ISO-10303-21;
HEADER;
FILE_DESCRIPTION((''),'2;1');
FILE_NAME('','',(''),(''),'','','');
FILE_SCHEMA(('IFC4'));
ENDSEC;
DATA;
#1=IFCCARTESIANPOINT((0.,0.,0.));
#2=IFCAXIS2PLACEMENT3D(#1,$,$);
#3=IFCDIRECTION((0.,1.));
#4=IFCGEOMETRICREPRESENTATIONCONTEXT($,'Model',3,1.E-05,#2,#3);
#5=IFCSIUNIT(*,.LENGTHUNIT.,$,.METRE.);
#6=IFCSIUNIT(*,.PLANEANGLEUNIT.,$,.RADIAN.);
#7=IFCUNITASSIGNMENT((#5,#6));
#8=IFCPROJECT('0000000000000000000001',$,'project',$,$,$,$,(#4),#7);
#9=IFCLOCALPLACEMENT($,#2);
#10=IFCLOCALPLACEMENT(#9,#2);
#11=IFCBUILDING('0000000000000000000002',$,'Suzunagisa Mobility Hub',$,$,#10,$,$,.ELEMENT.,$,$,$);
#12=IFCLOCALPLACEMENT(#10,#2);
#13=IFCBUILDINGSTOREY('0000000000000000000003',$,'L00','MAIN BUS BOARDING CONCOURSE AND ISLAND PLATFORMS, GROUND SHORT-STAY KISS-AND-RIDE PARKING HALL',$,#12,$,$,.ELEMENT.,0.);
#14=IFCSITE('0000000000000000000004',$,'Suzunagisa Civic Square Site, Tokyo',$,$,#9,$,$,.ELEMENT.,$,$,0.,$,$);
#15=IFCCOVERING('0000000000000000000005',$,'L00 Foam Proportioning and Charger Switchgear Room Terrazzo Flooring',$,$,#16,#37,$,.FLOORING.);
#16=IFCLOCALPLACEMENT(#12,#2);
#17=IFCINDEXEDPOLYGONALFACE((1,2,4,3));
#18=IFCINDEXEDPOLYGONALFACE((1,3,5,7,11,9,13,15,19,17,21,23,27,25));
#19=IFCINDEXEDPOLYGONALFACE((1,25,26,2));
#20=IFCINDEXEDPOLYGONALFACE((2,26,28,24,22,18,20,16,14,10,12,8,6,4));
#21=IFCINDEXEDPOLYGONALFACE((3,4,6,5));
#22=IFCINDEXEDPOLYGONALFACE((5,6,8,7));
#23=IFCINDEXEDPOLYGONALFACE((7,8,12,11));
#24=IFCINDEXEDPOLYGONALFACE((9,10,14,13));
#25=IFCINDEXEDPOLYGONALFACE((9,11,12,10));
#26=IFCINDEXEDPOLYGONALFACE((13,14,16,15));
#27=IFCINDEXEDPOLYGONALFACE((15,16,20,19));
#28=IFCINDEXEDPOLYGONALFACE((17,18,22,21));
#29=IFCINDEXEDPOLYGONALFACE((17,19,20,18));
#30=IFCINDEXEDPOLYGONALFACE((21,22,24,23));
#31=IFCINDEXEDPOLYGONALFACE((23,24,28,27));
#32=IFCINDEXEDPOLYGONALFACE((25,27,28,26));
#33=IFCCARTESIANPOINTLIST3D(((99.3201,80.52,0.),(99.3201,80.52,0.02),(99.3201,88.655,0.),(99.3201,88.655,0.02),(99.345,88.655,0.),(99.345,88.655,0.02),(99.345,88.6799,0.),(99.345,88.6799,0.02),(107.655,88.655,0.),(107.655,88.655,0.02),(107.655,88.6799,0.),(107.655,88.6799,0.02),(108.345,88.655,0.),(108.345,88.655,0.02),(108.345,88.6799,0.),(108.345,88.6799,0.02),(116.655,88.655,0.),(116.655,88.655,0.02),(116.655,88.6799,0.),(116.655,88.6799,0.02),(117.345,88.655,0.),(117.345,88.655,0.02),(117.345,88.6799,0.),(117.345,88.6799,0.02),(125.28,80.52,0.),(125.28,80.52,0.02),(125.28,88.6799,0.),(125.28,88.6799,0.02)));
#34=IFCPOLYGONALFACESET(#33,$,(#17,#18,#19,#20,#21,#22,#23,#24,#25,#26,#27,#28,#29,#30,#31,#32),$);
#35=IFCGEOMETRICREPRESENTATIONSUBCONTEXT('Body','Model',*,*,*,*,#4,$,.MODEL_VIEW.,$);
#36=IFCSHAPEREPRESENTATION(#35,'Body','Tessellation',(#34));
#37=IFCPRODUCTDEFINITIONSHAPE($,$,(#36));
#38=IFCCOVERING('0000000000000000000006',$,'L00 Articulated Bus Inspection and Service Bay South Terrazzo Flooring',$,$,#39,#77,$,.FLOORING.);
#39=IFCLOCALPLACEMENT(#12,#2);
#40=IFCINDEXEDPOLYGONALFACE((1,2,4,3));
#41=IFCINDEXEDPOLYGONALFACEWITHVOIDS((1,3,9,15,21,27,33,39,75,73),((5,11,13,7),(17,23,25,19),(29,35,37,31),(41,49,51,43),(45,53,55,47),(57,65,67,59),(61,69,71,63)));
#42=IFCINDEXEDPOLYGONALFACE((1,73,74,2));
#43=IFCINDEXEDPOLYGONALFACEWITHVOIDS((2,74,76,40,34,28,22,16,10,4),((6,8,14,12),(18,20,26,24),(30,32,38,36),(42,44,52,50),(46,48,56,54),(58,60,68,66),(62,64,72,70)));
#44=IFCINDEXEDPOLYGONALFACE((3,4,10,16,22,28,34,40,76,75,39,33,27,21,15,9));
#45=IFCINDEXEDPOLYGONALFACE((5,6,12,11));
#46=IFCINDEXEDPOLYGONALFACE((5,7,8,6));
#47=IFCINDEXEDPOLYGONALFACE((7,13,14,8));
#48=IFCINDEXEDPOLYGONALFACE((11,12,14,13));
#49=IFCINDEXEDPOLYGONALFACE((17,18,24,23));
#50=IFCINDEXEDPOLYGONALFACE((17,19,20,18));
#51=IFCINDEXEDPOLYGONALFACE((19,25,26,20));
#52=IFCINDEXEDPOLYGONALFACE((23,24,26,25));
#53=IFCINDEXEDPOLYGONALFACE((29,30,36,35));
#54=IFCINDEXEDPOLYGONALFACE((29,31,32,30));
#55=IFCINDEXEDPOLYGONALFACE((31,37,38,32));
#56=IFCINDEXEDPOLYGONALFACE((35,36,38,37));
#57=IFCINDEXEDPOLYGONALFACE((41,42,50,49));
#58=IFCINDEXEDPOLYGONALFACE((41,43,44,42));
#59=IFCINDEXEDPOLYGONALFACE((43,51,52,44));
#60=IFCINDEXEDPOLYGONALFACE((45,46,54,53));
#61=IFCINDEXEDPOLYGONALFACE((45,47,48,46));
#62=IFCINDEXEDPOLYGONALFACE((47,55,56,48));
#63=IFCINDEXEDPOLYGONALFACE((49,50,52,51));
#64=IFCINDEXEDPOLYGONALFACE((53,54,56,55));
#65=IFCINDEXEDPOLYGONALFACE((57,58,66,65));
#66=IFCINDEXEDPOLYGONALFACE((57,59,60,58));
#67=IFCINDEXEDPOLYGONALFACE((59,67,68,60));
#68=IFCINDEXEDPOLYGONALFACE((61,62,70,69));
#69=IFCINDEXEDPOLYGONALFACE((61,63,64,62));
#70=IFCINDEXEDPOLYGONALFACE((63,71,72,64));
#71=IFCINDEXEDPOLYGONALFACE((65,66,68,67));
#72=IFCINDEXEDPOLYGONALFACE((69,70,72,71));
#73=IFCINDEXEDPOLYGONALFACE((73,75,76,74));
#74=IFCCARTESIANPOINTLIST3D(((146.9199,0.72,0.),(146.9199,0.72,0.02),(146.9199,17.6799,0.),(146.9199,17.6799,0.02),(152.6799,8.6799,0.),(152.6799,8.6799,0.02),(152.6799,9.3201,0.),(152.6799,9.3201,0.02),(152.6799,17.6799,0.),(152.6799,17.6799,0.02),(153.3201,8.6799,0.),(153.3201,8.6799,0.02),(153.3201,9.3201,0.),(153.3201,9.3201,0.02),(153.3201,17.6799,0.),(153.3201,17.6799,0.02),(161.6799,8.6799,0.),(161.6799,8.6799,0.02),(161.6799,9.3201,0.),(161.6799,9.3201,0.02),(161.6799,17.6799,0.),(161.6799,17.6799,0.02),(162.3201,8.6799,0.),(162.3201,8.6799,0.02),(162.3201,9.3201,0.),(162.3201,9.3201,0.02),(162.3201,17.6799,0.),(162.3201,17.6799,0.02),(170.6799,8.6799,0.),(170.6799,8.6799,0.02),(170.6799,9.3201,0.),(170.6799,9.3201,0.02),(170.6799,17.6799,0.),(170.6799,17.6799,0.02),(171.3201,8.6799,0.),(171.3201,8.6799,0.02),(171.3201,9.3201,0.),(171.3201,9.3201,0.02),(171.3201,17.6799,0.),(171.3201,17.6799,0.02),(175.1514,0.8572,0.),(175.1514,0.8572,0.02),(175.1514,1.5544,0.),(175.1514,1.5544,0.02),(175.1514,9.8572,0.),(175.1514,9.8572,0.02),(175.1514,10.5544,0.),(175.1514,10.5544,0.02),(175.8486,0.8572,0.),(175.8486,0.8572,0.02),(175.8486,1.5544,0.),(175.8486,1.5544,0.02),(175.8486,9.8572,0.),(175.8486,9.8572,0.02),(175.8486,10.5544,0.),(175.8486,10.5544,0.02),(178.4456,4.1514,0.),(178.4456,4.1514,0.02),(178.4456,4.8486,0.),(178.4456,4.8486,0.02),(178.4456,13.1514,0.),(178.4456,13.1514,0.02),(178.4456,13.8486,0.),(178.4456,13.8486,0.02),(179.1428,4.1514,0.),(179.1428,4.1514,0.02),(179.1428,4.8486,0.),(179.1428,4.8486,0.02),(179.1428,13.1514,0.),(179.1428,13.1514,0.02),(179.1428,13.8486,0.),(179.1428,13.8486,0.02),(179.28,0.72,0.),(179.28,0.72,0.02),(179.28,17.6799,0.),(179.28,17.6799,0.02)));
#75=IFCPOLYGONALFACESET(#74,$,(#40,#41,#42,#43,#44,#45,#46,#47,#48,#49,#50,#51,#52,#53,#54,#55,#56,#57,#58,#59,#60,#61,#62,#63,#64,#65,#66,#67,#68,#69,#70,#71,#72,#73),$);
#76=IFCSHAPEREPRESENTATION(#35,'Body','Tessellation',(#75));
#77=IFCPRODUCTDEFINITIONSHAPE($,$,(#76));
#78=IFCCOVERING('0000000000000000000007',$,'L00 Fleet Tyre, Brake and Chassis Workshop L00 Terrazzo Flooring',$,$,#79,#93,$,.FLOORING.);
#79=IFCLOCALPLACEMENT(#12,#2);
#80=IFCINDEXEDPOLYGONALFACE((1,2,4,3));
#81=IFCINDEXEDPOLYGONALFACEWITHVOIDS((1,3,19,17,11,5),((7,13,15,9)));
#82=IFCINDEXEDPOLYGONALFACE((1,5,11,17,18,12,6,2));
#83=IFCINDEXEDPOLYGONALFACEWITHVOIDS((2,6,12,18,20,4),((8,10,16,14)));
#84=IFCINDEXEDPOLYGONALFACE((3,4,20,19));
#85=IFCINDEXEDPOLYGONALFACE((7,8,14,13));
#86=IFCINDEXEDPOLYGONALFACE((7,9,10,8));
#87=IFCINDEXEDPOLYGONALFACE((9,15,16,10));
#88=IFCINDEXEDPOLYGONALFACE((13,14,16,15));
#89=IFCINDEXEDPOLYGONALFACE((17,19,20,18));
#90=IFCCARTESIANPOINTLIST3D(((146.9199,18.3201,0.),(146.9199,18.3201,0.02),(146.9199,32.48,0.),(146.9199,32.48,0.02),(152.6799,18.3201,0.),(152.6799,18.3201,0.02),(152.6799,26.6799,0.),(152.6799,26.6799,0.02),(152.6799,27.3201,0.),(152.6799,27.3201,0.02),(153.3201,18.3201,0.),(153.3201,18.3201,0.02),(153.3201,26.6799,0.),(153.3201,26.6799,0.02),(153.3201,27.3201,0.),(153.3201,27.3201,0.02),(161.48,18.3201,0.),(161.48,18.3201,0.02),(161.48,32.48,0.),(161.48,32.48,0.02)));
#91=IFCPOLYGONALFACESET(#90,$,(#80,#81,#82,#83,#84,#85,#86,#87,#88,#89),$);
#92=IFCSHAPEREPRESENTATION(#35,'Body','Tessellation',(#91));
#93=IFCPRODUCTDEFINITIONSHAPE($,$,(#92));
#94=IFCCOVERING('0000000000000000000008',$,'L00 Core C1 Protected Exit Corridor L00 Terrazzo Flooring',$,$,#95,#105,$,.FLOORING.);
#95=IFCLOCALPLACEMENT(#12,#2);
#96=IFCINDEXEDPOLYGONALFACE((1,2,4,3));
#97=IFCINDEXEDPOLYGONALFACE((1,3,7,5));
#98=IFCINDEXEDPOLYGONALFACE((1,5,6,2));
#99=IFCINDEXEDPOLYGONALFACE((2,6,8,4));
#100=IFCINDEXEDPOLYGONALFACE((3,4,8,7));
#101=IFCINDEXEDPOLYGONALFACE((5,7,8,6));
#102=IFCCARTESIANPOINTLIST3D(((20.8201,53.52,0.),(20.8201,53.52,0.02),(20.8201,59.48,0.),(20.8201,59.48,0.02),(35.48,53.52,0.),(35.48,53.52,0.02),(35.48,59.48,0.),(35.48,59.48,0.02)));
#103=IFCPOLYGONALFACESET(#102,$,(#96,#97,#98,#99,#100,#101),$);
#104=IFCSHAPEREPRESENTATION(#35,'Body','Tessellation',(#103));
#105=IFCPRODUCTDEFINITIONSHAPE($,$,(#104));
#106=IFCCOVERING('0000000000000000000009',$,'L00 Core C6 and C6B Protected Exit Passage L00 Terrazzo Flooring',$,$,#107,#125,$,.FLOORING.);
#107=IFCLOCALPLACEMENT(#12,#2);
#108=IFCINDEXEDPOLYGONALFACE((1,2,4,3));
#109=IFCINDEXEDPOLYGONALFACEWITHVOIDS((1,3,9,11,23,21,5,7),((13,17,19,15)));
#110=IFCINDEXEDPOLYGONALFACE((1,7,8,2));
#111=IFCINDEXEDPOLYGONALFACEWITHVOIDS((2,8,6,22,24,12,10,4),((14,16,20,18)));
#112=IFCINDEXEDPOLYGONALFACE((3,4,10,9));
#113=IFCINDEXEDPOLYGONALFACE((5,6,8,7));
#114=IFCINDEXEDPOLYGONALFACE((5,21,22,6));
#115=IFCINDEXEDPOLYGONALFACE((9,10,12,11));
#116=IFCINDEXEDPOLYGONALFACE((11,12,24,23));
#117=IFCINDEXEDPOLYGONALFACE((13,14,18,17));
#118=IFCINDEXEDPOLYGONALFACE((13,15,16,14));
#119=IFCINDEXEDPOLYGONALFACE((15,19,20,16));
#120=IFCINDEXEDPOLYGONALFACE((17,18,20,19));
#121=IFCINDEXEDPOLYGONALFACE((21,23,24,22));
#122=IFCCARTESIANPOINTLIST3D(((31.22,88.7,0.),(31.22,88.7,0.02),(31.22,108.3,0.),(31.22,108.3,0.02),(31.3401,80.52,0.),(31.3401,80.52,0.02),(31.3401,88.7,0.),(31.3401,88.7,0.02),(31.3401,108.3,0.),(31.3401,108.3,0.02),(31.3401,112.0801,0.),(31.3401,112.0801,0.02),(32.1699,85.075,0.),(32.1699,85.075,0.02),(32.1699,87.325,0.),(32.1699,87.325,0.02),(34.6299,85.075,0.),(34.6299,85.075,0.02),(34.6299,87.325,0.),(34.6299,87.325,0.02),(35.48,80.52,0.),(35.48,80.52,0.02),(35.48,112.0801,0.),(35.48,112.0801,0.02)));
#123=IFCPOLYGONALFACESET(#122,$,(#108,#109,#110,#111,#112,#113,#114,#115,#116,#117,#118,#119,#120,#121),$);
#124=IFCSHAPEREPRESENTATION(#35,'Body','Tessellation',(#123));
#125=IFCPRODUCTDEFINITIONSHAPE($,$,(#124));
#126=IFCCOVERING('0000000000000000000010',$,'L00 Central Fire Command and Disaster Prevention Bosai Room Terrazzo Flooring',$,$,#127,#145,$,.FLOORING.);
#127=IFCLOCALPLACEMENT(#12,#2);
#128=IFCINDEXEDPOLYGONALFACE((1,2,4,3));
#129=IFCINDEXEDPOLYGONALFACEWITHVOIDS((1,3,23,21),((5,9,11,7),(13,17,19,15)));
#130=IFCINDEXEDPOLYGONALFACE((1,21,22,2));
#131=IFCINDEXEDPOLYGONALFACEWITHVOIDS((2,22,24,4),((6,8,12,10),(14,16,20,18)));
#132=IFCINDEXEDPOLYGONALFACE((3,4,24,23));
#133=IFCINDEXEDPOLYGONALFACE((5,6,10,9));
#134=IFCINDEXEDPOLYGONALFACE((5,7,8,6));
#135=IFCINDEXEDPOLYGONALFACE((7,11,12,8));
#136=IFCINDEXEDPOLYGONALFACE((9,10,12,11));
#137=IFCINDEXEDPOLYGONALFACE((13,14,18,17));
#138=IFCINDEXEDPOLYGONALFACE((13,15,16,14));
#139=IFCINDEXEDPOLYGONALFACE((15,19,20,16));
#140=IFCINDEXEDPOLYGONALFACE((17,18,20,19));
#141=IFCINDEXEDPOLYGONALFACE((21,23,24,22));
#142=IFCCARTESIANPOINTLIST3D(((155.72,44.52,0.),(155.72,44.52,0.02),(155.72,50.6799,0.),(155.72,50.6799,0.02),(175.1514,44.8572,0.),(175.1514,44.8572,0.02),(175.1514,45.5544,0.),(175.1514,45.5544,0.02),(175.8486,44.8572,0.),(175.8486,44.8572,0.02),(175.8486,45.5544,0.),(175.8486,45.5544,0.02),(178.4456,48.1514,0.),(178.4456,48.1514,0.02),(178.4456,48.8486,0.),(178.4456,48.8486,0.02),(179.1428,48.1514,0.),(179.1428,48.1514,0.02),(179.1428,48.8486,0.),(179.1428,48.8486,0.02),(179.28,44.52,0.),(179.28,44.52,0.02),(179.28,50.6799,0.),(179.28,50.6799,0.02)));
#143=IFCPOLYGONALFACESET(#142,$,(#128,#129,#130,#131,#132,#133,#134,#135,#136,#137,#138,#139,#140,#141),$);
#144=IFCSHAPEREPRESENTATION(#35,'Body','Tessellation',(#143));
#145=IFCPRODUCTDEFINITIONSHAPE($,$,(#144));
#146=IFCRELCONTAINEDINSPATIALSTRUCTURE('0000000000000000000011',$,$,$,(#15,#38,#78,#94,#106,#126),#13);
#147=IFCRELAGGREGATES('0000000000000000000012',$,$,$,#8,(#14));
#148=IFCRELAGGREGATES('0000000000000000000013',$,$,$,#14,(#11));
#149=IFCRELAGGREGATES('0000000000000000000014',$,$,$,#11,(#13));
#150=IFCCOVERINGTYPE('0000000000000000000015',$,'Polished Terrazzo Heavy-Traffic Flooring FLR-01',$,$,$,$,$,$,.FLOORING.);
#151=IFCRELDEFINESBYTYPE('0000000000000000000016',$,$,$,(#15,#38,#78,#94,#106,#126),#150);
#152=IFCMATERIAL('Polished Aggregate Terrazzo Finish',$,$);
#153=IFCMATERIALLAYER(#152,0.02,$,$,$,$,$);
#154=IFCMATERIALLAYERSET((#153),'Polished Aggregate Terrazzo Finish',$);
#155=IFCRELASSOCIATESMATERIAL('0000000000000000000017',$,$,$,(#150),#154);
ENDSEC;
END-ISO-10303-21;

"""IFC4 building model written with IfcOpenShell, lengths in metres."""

from ifc_helpers import new_model, si_unit, direction, origin, place, context, subcontext, project, spatial, polyline, outline, extrude, material, layer, layer_set, type_object, element, save


model = new_model("IFC4")

# Units and contexts
model_context = context("Model", 3, precision=1e-05, world=origin(), true_north=direction((0.0, 1.0)))
body_context = subcontext(model_context, "Body", "Model", "MODEL_VIEW")
ifc_project = project(units=[si_unit("LENGTHUNIT", "METRE"), si_unit("PLANEANGLEUNIT", "RADIAN")], contexts=[model_context])

# Site, building, storey
site_placement = place(None, origin())
site = spatial("IfcSite", under=ifc_project, at=site_placement, Name="Suzunagisa Civic Square Site, Tokyo", CompositionType="ELEMENT", RefElevation=0.0)
building_placement = place(site_placement, origin())
building = spatial("IfcBuilding", under=site, at=building_placement, Name="Suzunagisa Mobility Hub", CompositionType="ELEMENT")
storey_placement = place(building_placement, origin())
storey = spatial("IfcBuildingStorey", under=building, at=storey_placement, Name="L00", Description="MAIN BUS BOARDING CONCOURSE AND ISLAND PLATFORMS, GROUND SHORT-STAY KISS-AND-RIDE PARKING HALL", CompositionType="ELEMENT", Elevation=0.0)

# Coverings
ifc_material_1 = material(Name="Polished Aggregate Terrazzo Finish")
ifc_layer_1 = layer(ifc_material_1, 0.02)
ifc_layer_set_1 = layer_set([ifc_layer_1], Name="Polished Aggregate Terrazzo Finish")
covering_type_1 = type_object("IfcCoveringType", Name="Polished Terrazzo Heavy-Traffic Flooring FLR-01", PredefinedType="FLOORING", material=ifc_layer_set_1)
covering_1_placement = place(storey_placement, origin())
element("IfcCovering", 1, at=covering_1_placement, inside=storey, type_object=covering_type_1, Name="L00 Foam Proportioning and Charger Switchgear Room Terrazzo Flooring", PredefinedType="FLOORING", context=body_context, shape_type="SweptSolid", body=[
    extrude(outline(polyline([(107.655, 88.6799), (107.655, 88.655), (108.345, 88.655), (108.345, 88.6799), (116.655, 88.6799), (116.655, 88.655), (117.345, 88.655), (117.345, 88.6799), (125.28, 88.6799), (125.28, 80.52), (99.3201, 80.52), (99.3201, 88.655), (99.345, 88.655), (99.345, 88.6799), (107.655, 88.6799)])), origin(), (0.0, 0.0, 1.0), 0.02),
])
covering_2_placement = place(storey_placement, origin())
element("IfcCovering", 2, at=covering_2_placement, inside=storey, type_object=covering_type_1, Name="L00 Articulated Bus Inspection and Service Bay South Terrazzo Flooring", PredefinedType="FLOORING", context=body_context, shape_type="SweptSolid", body=[
    extrude(outline(polyline([(179.28, 0.72), (146.9199, 0.72), (146.9199, 17.6799), (152.6799, 17.6799), (153.3201, 17.6799), (161.6799, 17.6799), (162.3201, 17.6799), (170.6799, 17.6799), (171.3201, 17.6799), (179.28, 17.6799), (179.28, 0.72)]), holes=[polyline([(153.3201, 9.3201), (152.6799, 9.3201), (152.6799, 8.6799), (153.3201, 8.6799), (153.3201, 9.3201)]), polyline([(161.6799, 8.6799), (162.3201, 8.6799), (162.3201, 9.3201), (161.6799, 9.3201), (161.6799, 8.6799)]), polyline([(171.3201, 9.3201), (170.6799, 9.3201), (170.6799, 8.6799), (171.3201, 8.6799), (171.3201, 9.3201)]), polyline([(175.1514, 0.8572), (175.8486, 0.8572), (175.8486, 1.5544), (175.1514, 1.5544), (175.1514, 0.8572)]), polyline([(175.1514, 10.5544), (175.1514, 9.8572), (175.8486, 9.8572), (175.8486, 10.5544), (175.1514, 10.5544)]), polyline([(179.1428, 4.8486), (178.4456, 4.8486), (178.4456, 4.1514), (179.1428, 4.1514), (179.1428, 4.8486)]), polyline([(179.1428, 13.1514), (179.1428, 13.8486), (178.4456, 13.8486), (178.4456, 13.1514), (179.1428, 13.1514)])]), origin(), (0.0, 0.0, 1.0), 0.02),
])
covering_3_placement = place(storey_placement, origin())
element("IfcCovering", 3, at=covering_3_placement, inside=storey, type_object=covering_type_1, Name="L00 Fleet Tyre, Brake and Chassis Workshop L00 Terrazzo Flooring", PredefinedType="FLOORING", context=body_context, shape_type="SweptSolid", body=[
    extrude(outline(polyline([(146.9199, 18.3201), (146.9199, 32.48), (161.48, 32.48), (161.48, 18.3201), (153.3201, 18.3201), (152.6799, 18.3201), (146.9199, 18.3201)]), holes=[polyline([(153.3201, 27.3201), (152.6799, 27.3201), (152.6799, 26.6799), (153.3201, 26.6799), (153.3201, 27.3201)])]), origin(), (0.0, 0.0, 1.0), 0.02),
])
covering_4_placement = place(storey_placement, origin())
element("IfcCovering", 4, at=covering_4_placement, inside=storey, type_object=covering_type_1, Name="L00 Core C1 Protected Exit Corridor L00 Terrazzo Flooring", PredefinedType="FLOORING", context=body_context, shape_type="SweptSolid", body=[
    extrude(outline(polyline([(20.8201, 53.52), (20.8201, 59.48), (35.48, 59.48), (35.48, 53.52), (20.8201, 53.52)])), origin(), (0.0, 0.0, 1.0), 0.02),
])
covering_5_placement = place(storey_placement, origin())
element("IfcCovering", 5, at=covering_5_placement, inside=storey, type_object=covering_type_1, Name="L00 Core C6 and C6B Protected Exit Passage L00 Terrazzo Flooring", PredefinedType="FLOORING", context=body_context, shape_type="SweptSolid", body=[
    extrude(outline(polyline([(31.22, 88.7), (31.22, 108.3), (31.3401, 108.3), (31.3401, 112.0801), (35.48, 112.0801), (35.48, 80.52), (31.3401, 80.52), (31.3401, 88.7), (31.22, 88.7)]), holes=[polyline([(34.6299, 87.325), (32.1699, 87.325), (32.1699, 85.075), (34.6299, 85.075), (34.6299, 87.325)])]), origin(), (0.0, 0.0, 1.0), 0.02),
])
covering_6_placement = place(storey_placement, origin())
element("IfcCovering", 6, at=covering_6_placement, inside=storey, type_object=covering_type_1, Name="L00 Central Fire Command and Disaster Prevention Bosai Room Terrazzo Flooring", PredefinedType="FLOORING", context=body_context, shape_type="SweptSolid", body=[
    extrude(outline(polyline([(179.28, 44.52), (155.72, 44.52), (155.72, 50.6799), (179.28, 50.6799), (179.28, 44.52)]), holes=[polyline([(175.8486, 45.5544), (175.1514, 45.5544), (175.1514, 44.8572), (175.8486, 44.8572), (175.8486, 45.5544)]), polyline([(179.1428, 48.1514), (179.1428, 48.8486), (178.4456, 48.8486), (178.4456, 48.1514), (179.1428, 48.1514)])]), origin(), (0.0, 0.0, 1.0), 0.02),
])

save(model, "model.ifc")
